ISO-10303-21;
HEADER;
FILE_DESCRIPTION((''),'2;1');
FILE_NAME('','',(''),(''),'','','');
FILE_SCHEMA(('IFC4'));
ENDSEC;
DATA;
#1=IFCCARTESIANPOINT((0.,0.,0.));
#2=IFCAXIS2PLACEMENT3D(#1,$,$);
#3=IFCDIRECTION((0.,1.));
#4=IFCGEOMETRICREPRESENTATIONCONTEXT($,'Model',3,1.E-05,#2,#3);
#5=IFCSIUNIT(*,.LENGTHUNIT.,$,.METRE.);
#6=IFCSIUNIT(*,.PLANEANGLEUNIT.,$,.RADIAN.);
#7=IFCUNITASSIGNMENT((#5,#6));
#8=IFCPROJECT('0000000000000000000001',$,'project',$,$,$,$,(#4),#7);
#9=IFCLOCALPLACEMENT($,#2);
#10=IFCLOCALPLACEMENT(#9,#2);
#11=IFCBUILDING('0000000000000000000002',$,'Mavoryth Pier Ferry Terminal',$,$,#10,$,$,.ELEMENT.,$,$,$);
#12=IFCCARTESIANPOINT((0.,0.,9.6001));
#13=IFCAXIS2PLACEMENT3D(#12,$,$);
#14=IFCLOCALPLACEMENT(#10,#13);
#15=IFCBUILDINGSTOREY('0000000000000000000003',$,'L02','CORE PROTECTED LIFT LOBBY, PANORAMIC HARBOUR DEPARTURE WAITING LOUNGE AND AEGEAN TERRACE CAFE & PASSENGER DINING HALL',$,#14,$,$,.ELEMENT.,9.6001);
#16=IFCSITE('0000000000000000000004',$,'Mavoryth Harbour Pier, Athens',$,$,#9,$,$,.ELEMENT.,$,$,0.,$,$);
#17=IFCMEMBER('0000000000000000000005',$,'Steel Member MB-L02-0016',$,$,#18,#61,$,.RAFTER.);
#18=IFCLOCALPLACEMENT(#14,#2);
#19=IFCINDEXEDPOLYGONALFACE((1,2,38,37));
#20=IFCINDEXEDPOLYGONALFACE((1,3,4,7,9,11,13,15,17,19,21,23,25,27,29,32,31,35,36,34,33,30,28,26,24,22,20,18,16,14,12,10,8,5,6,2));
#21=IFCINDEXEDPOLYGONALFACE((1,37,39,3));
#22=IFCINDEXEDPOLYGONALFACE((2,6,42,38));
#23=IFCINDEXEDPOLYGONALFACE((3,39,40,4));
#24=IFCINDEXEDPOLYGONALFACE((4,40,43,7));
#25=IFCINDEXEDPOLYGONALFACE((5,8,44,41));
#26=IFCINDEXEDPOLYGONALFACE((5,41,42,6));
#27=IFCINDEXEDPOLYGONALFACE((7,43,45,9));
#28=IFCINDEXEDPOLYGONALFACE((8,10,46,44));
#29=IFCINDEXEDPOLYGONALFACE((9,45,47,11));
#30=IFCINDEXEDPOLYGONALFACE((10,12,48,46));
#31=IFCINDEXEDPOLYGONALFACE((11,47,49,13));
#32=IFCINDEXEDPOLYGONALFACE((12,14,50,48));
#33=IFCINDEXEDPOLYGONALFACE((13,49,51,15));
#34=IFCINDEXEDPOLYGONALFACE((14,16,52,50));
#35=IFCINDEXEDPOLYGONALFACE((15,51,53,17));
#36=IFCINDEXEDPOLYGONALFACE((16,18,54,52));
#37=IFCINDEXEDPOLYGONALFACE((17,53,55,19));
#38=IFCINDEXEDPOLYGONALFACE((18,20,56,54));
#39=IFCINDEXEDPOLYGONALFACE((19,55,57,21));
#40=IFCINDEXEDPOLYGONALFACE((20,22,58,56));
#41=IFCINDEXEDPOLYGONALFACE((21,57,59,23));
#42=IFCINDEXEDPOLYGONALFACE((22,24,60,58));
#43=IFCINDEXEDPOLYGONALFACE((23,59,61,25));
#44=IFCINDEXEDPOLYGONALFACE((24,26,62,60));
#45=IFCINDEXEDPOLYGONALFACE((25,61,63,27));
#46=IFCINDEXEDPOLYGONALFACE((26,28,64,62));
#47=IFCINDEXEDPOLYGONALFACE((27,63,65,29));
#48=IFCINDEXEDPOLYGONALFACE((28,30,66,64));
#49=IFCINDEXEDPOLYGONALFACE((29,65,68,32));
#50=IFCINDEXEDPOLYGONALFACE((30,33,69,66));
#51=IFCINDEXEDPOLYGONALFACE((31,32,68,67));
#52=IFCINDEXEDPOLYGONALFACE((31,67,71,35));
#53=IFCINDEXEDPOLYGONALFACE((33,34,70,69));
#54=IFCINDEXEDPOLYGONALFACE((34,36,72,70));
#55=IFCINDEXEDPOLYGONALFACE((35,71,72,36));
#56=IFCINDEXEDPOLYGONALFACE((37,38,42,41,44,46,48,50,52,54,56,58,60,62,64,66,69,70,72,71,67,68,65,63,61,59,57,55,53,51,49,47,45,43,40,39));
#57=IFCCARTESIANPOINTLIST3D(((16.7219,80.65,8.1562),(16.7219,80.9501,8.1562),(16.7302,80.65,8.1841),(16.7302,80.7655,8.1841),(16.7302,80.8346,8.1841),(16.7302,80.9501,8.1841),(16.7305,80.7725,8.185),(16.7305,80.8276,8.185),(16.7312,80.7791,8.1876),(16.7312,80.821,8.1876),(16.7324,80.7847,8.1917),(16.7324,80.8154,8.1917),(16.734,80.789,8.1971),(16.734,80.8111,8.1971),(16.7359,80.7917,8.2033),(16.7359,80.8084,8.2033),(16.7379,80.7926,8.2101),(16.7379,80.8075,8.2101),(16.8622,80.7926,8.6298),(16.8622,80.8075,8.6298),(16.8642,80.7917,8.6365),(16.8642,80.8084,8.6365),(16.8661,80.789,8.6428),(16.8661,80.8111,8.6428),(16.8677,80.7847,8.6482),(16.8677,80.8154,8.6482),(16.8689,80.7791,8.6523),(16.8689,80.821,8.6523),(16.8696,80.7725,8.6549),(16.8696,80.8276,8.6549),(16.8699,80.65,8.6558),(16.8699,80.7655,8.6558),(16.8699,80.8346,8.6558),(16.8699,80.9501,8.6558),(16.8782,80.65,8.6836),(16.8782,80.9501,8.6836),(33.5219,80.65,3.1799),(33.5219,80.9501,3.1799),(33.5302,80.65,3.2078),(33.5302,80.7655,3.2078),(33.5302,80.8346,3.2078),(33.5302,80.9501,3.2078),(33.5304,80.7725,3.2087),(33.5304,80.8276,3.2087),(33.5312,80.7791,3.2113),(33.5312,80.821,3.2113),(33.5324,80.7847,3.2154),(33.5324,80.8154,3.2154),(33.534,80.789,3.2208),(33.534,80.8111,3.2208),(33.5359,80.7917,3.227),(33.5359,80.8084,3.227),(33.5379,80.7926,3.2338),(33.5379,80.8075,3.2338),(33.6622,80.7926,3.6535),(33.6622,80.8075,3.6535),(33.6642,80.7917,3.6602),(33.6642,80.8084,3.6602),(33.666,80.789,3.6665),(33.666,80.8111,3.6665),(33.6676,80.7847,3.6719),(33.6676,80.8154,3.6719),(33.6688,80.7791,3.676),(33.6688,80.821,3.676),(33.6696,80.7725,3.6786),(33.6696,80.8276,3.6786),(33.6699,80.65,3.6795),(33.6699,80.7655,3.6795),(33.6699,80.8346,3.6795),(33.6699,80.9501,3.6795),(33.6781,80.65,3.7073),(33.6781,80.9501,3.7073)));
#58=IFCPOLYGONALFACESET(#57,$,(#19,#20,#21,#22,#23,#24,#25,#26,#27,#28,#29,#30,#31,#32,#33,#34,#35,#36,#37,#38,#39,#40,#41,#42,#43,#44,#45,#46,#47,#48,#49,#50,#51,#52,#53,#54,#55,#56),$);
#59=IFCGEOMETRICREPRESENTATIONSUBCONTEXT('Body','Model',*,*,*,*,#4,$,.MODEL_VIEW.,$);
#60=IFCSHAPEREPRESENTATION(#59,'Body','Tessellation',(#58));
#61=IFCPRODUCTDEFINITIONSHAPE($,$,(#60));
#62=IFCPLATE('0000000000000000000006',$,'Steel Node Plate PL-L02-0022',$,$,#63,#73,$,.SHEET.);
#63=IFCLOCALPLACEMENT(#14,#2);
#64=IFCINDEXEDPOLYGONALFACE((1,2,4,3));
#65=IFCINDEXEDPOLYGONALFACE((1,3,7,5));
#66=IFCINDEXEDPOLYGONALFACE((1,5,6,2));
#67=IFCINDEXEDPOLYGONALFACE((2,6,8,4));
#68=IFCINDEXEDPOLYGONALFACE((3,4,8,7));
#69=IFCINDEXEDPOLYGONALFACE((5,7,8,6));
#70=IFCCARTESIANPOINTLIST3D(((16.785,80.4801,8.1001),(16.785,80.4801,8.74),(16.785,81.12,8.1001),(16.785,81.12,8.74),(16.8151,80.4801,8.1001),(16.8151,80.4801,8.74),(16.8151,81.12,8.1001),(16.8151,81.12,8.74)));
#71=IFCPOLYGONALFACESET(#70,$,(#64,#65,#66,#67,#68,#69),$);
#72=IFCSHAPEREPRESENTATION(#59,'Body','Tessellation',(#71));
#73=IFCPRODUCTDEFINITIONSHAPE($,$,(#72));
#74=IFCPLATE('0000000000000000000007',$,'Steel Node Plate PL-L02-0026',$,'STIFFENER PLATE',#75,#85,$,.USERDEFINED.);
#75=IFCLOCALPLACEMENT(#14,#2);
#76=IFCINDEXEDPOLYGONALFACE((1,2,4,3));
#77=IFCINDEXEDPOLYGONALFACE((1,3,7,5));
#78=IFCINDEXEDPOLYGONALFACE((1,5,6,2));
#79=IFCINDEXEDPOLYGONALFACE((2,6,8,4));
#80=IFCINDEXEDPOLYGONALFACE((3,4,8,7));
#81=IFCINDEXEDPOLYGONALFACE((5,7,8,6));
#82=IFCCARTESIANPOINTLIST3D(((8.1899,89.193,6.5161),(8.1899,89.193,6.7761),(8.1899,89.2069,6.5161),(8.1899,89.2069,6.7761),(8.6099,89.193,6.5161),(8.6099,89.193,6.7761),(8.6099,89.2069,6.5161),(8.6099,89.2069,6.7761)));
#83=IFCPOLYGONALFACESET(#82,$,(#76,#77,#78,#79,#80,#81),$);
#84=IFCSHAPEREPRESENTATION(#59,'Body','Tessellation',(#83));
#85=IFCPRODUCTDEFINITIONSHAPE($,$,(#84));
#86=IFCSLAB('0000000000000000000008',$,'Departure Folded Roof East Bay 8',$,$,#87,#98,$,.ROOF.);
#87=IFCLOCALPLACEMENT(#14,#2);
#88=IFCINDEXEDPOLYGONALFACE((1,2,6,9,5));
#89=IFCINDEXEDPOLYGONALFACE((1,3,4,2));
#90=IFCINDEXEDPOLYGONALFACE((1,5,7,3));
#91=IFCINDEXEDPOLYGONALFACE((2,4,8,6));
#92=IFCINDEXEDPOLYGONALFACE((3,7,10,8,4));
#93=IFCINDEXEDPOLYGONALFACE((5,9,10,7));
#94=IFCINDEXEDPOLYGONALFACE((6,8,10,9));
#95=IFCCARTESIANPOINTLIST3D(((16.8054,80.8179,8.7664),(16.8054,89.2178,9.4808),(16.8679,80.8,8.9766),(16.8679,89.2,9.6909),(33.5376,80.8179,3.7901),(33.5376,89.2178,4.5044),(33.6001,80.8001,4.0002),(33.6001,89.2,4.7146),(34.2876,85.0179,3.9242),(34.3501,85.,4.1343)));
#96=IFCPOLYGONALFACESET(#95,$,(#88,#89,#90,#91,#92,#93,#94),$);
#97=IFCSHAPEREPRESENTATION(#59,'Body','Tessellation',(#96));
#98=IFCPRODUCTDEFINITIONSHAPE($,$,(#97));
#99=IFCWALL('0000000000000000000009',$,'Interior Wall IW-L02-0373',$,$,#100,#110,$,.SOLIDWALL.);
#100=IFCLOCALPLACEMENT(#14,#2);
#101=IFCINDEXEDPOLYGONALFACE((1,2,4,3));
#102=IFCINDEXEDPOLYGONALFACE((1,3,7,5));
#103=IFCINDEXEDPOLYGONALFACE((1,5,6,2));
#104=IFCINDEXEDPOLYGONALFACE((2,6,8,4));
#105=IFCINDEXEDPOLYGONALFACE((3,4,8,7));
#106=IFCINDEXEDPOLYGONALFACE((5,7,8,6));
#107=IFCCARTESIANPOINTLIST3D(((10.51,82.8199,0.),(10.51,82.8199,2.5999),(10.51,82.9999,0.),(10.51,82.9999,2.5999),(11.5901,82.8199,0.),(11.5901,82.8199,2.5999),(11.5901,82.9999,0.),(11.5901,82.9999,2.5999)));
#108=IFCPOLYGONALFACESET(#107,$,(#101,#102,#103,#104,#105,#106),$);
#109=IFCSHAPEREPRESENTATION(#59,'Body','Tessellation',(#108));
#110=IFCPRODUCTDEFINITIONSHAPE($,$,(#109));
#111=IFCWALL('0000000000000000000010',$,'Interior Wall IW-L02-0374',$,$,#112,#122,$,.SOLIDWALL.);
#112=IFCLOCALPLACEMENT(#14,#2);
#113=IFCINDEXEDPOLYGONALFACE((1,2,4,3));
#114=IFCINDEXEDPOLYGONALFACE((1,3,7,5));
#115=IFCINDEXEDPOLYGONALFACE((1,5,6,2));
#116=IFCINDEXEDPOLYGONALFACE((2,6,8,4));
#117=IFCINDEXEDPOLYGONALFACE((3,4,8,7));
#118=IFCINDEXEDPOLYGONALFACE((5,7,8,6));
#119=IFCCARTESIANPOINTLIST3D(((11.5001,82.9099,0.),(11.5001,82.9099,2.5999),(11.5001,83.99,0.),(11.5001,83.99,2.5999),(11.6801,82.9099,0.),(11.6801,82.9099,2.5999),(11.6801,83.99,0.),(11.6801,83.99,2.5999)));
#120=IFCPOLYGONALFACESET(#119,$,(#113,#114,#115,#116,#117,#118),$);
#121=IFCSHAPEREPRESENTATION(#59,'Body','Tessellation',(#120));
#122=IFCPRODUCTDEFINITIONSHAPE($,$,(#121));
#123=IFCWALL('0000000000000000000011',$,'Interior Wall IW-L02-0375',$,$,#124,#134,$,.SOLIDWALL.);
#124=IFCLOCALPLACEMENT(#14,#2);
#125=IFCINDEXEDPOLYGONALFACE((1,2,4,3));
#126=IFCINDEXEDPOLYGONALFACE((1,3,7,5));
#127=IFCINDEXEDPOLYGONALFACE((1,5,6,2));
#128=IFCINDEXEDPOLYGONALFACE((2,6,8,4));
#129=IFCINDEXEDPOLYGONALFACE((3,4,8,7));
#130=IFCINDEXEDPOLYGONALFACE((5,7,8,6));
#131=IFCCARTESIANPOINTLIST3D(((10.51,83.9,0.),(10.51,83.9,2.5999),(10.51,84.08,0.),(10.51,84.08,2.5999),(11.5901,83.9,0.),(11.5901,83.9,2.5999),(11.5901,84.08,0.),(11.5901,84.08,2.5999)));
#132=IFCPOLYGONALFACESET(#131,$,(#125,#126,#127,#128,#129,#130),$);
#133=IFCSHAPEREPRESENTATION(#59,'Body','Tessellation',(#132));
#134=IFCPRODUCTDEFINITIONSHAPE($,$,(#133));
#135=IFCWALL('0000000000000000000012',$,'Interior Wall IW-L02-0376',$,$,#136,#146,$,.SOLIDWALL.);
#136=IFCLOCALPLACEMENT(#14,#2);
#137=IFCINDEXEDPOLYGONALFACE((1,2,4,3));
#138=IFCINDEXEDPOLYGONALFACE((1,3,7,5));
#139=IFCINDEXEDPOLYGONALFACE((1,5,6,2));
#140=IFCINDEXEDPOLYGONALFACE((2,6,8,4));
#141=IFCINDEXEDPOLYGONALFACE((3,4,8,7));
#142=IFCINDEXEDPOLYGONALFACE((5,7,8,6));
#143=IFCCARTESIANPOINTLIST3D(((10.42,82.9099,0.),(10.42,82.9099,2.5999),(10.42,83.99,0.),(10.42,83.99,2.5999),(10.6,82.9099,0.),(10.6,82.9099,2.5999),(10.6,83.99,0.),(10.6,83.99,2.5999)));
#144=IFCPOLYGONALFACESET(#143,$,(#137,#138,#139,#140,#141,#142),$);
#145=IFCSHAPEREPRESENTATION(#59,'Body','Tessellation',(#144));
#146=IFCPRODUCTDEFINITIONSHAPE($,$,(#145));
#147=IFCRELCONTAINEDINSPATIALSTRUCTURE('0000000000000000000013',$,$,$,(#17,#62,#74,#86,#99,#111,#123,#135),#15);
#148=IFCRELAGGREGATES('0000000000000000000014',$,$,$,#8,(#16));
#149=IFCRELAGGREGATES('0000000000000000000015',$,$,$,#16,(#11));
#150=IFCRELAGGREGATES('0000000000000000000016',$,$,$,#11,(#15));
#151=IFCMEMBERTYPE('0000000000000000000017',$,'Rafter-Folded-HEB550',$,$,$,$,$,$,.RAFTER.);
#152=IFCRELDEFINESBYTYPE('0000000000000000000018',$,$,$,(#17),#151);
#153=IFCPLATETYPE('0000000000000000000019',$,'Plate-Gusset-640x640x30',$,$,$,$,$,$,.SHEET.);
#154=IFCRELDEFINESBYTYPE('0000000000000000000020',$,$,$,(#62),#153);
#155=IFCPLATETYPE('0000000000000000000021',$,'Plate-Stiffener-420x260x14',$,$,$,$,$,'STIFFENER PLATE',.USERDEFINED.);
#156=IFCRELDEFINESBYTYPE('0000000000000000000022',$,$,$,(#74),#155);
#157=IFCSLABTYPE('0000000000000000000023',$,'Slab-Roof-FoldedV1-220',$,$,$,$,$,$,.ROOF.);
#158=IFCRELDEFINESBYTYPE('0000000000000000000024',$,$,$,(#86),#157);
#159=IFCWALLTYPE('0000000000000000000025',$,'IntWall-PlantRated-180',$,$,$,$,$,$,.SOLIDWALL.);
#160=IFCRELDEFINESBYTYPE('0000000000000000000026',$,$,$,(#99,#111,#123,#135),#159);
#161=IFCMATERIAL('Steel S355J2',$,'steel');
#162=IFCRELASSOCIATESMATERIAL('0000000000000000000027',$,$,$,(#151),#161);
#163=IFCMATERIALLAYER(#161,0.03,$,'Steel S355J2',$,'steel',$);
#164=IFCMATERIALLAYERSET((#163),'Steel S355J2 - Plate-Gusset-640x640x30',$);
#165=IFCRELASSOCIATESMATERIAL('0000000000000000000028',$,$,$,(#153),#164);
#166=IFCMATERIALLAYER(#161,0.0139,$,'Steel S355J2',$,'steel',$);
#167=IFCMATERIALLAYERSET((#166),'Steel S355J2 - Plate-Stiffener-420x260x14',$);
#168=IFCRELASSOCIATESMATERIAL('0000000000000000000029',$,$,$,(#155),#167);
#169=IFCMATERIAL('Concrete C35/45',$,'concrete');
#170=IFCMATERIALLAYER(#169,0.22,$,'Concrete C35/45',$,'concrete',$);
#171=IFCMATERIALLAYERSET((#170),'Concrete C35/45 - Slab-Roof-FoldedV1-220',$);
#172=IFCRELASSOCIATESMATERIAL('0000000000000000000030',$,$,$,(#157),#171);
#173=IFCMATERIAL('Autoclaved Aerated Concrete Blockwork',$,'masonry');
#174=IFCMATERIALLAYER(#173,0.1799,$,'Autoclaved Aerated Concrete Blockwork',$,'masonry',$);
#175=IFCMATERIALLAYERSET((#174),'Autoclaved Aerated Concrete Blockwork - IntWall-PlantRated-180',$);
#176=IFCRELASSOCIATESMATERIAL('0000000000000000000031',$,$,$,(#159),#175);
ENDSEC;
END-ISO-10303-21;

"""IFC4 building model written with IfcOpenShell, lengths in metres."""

from ifc_helpers import new_model, si_unit, direction, frame, frame_2d, origin, origin_2d, place, context, subcontext, project, spatial, polyline, rectangle, i_section, outline, extrude, material, layer, layer_set, material_profile, profile_set, type_object, element, save


model = new_model("IFC4")

# Units and contexts
model_context = context("Model", 3, precision=1e-05, world=origin(), true_north=direction((0.0, 1.0)))
body_context = subcontext(model_context, "Body", "Model", "MODEL_VIEW")
ifc_project = project(units=[si_unit("LENGTHUNIT", "METRE"), si_unit("PLANEANGLEUNIT", "RADIAN")], contexts=[model_context])

# Site, building, storey
site_placement = place(None, origin())
site = spatial("IfcSite", under=ifc_project, at=site_placement, Name="Mavoryth Harbour Pier, Athens", CompositionType="ELEMENT", RefElevation=0.0)
building_placement = place(site_placement, origin())
building = spatial("IfcBuilding", under=site, at=building_placement, Name="Mavoryth Pier Ferry Terminal", CompositionType="ELEMENT")
storey_placement = place(building_placement, frame((0.0, 0.0, 9.6001)))
storey = spatial("IfcBuildingStorey", under=building, at=storey_placement, Name="L02", Description="CORE PROTECTED LIFT LOBBY, PANORAMIC HARBOUR DEPARTURE WAITING LOUNGE AND AEGEAN TERRACE CAFE & PASSENGER DINING HALL", CompositionType="ELEMENT", Elevation=9.6001)

# Shared definitions
ifc_material_1 = material(Name="Steel S355J2", Category="steel")

# Member
ifc_material_profile_1 = material_profile(ifc_material_1, i_section(OverallWidth=0.3, OverallDepth=0.55, WebThickness=0.0149, FlangeThickness=0.0291, FilletRadius=0.0271, at=origin_2d()), Name="HEB 550", Category="steel")
ifc_profile_set_1 = profile_set([ifc_material_profile_1], Name="Steel S355J2 - HEB 550")
member_type_1 = type_object("IfcMemberType", Name="Rafter-Folded-HEB550", PredefinedType="RAFTER", material=ifc_profile_set_1)
member_1_placement = place(storey_placement, frame((16.8, 80.8, 8.4199), z_axis=(0.958821, 0.0, -0.284011), x_axis=(0.0, 1.0, 0.0)))
element("IfcMember", 1, at=member_1_placement, inside=storey, type_object=member_type_1, Name="Steel Member MB-L02-0016", PredefinedType="RAFTER", context=body_context, shape_type="SweptSolid", body=[
    extrude(i_section(OverallWidth=0.3, OverallDepth=0.55, WebThickness=0.0149, FlangeThickness=0.0291, FilletRadius=0.0271, at=origin_2d()), origin(), (0.0, 0.0, 1.0), 17.5215),
])

# Plates
ifc_layer_1 = layer(ifc_material_1, 0.03, Name="Steel S355J2", Category="steel")
ifc_layer_set_1 = layer_set([ifc_layer_1], Name="Steel S355J2 - Plate-Gusset-640x640x30")
plate_type_1 = type_object("IfcPlateType", Name="Plate-Gusset-640x640x30", PredefinedType="SHEET", material=ifc_layer_set_1)
plate_1_placement = place(storey_placement, frame((16.8, 80.8, 8.1001), z_axis=(0.0, 0.0, 1.0), x_axis=(0.0, 1.0, 0.0)))
element("IfcPlate", 2, at=plate_1_placement, inside=storey, type_object=plate_type_1, Name="Steel Node Plate PL-L02-0022", PredefinedType="SHEET", context=body_context, shape_type="SweptSolid", body=[
    extrude(rectangle(XDim=0.6399, YDim=0.03, at=origin_2d()), origin(), (0.0, 0.0, 1.0), 0.6399),
])
ifc_layer_2 = layer(ifc_material_1, 0.0139, Name="Steel S355J2", Category="steel")
ifc_layer_set_2 = layer_set([ifc_layer_2], Name="Steel S355J2 - Plate-Stiffener-420x260x14")
plate_type_2 = type_object("IfcPlateType", Name="Plate-Stiffener-420x260x14", ElementType="STIFFENER PLATE", PredefinedType="USERDEFINED", material=ifc_layer_set_2)
plate_2_placement = place(storey_placement, frame((8.3999, 89.2, 6.5161), z_axis=(0.0, 0.0, 1.0), x_axis=(1.0, 0.0, 0.0)))
element("IfcPlate", 3, at=plate_2_placement, inside=storey, type_object=plate_type_2, Name="Steel Node Plate PL-L02-0026", ObjectType="STIFFENER PLATE", PredefinedType="USERDEFINED", context=body_context, shape_type="SweptSolid", body=[
    extrude(rectangle(XDim=0.4199, YDim=0.0139, at=origin_2d()), origin(), (0.0, 0.0, 1.0), 0.26),
])

# Slab
ifc_material_2 = material(Name="Concrete C35/45", Category="concrete")
ifc_layer_3 = layer(ifc_material_2, 0.22, Name="Concrete C35/45", Category="concrete")
ifc_layer_set_3 = layer_set([ifc_layer_3], Name="Concrete C35/45 - Slab-Roof-FoldedV1-220")
slab_type = type_object("IfcSlabType", Name="Slab-Roof-FoldedV1-220", PredefinedType="ROOF", material=ifc_layer_set_3)
slab_placement = place(storey_placement, frame((16.8679, 80.8, 8.9766), z_axis=(0.284129, -0.081245, 0.955337), x_axis=(0.958506, 0.0, -0.285072)))
element("IfcSlab", 4, at=slab_placement, inside=storey, type_object=slab_type, Name="Departure Folded Roof East Bay 8", PredefinedType="ROOF", context=body_context, shape_type="SweptSolid", body=[
    extrude(outline(polyline([(0.0, 0.0), (17.4565, 0.0), (18.1372, 4.2139), (17.2529, 8.4278), (-0.2036, 8.4278), (0.0, 0.0)])), origin(), (0.0, 0.0, -1.0), 0.22),
])

# Walls
ifc_material_3 = material(Name="Autoclaved Aerated Concrete Blockwork", Category="masonry")
ifc_layer_4 = layer(ifc_material_3, 0.1799, Name="Autoclaved Aerated Concrete Blockwork", Category="masonry")
ifc_layer_set_4 = layer_set([ifc_layer_4], Name="Autoclaved Aerated Concrete Blockwork - IntWall-PlantRated-180")
wall_type = type_object("IfcWallType", Name="IntWall-PlantRated-180", PredefinedType="SOLIDWALL", material=ifc_layer_set_4)
for number, where, z_axis, x_axis, name in (
    (5, (10.51, 82.9099, 0.0), (0.0, 0.0, 1.0), (1.0, 0.0, 0.0), "Interior Wall IW-L02-0373"),
    (6, (11.5901, 82.9099, 0.0), (0.0, 0.0, 1.0), (0.0, 1.0, 0.0), "Interior Wall IW-L02-0374"),
    (7, (11.5901, 83.99, 0.0), (0.0, 0.0, 1.0), (-1.0, 0.0, 0.0), "Interior Wall IW-L02-0375"),
    (8, (10.51, 83.99, 0.0), (0.0, 0.0, 1.0), (0.0, -1.0, 0.0), "Interior Wall IW-L02-0376"),
):
    element("IfcWall", number, at=place(storey_placement, frame(where, z_axis=z_axis, x_axis=x_axis)), inside=storey, type_object=wall_type, Name=name, PredefinedType="SOLIDWALL", context=body_context, shape_type="SweptSolid", body=[
        extrude(rectangle(XDim=1.0801, YDim=0.1799, at=frame_2d((0.54, 0.0))), origin(), (0.0, 0.0, 1.0), 2.5999),
    ])

save(model, "model.ifc")
